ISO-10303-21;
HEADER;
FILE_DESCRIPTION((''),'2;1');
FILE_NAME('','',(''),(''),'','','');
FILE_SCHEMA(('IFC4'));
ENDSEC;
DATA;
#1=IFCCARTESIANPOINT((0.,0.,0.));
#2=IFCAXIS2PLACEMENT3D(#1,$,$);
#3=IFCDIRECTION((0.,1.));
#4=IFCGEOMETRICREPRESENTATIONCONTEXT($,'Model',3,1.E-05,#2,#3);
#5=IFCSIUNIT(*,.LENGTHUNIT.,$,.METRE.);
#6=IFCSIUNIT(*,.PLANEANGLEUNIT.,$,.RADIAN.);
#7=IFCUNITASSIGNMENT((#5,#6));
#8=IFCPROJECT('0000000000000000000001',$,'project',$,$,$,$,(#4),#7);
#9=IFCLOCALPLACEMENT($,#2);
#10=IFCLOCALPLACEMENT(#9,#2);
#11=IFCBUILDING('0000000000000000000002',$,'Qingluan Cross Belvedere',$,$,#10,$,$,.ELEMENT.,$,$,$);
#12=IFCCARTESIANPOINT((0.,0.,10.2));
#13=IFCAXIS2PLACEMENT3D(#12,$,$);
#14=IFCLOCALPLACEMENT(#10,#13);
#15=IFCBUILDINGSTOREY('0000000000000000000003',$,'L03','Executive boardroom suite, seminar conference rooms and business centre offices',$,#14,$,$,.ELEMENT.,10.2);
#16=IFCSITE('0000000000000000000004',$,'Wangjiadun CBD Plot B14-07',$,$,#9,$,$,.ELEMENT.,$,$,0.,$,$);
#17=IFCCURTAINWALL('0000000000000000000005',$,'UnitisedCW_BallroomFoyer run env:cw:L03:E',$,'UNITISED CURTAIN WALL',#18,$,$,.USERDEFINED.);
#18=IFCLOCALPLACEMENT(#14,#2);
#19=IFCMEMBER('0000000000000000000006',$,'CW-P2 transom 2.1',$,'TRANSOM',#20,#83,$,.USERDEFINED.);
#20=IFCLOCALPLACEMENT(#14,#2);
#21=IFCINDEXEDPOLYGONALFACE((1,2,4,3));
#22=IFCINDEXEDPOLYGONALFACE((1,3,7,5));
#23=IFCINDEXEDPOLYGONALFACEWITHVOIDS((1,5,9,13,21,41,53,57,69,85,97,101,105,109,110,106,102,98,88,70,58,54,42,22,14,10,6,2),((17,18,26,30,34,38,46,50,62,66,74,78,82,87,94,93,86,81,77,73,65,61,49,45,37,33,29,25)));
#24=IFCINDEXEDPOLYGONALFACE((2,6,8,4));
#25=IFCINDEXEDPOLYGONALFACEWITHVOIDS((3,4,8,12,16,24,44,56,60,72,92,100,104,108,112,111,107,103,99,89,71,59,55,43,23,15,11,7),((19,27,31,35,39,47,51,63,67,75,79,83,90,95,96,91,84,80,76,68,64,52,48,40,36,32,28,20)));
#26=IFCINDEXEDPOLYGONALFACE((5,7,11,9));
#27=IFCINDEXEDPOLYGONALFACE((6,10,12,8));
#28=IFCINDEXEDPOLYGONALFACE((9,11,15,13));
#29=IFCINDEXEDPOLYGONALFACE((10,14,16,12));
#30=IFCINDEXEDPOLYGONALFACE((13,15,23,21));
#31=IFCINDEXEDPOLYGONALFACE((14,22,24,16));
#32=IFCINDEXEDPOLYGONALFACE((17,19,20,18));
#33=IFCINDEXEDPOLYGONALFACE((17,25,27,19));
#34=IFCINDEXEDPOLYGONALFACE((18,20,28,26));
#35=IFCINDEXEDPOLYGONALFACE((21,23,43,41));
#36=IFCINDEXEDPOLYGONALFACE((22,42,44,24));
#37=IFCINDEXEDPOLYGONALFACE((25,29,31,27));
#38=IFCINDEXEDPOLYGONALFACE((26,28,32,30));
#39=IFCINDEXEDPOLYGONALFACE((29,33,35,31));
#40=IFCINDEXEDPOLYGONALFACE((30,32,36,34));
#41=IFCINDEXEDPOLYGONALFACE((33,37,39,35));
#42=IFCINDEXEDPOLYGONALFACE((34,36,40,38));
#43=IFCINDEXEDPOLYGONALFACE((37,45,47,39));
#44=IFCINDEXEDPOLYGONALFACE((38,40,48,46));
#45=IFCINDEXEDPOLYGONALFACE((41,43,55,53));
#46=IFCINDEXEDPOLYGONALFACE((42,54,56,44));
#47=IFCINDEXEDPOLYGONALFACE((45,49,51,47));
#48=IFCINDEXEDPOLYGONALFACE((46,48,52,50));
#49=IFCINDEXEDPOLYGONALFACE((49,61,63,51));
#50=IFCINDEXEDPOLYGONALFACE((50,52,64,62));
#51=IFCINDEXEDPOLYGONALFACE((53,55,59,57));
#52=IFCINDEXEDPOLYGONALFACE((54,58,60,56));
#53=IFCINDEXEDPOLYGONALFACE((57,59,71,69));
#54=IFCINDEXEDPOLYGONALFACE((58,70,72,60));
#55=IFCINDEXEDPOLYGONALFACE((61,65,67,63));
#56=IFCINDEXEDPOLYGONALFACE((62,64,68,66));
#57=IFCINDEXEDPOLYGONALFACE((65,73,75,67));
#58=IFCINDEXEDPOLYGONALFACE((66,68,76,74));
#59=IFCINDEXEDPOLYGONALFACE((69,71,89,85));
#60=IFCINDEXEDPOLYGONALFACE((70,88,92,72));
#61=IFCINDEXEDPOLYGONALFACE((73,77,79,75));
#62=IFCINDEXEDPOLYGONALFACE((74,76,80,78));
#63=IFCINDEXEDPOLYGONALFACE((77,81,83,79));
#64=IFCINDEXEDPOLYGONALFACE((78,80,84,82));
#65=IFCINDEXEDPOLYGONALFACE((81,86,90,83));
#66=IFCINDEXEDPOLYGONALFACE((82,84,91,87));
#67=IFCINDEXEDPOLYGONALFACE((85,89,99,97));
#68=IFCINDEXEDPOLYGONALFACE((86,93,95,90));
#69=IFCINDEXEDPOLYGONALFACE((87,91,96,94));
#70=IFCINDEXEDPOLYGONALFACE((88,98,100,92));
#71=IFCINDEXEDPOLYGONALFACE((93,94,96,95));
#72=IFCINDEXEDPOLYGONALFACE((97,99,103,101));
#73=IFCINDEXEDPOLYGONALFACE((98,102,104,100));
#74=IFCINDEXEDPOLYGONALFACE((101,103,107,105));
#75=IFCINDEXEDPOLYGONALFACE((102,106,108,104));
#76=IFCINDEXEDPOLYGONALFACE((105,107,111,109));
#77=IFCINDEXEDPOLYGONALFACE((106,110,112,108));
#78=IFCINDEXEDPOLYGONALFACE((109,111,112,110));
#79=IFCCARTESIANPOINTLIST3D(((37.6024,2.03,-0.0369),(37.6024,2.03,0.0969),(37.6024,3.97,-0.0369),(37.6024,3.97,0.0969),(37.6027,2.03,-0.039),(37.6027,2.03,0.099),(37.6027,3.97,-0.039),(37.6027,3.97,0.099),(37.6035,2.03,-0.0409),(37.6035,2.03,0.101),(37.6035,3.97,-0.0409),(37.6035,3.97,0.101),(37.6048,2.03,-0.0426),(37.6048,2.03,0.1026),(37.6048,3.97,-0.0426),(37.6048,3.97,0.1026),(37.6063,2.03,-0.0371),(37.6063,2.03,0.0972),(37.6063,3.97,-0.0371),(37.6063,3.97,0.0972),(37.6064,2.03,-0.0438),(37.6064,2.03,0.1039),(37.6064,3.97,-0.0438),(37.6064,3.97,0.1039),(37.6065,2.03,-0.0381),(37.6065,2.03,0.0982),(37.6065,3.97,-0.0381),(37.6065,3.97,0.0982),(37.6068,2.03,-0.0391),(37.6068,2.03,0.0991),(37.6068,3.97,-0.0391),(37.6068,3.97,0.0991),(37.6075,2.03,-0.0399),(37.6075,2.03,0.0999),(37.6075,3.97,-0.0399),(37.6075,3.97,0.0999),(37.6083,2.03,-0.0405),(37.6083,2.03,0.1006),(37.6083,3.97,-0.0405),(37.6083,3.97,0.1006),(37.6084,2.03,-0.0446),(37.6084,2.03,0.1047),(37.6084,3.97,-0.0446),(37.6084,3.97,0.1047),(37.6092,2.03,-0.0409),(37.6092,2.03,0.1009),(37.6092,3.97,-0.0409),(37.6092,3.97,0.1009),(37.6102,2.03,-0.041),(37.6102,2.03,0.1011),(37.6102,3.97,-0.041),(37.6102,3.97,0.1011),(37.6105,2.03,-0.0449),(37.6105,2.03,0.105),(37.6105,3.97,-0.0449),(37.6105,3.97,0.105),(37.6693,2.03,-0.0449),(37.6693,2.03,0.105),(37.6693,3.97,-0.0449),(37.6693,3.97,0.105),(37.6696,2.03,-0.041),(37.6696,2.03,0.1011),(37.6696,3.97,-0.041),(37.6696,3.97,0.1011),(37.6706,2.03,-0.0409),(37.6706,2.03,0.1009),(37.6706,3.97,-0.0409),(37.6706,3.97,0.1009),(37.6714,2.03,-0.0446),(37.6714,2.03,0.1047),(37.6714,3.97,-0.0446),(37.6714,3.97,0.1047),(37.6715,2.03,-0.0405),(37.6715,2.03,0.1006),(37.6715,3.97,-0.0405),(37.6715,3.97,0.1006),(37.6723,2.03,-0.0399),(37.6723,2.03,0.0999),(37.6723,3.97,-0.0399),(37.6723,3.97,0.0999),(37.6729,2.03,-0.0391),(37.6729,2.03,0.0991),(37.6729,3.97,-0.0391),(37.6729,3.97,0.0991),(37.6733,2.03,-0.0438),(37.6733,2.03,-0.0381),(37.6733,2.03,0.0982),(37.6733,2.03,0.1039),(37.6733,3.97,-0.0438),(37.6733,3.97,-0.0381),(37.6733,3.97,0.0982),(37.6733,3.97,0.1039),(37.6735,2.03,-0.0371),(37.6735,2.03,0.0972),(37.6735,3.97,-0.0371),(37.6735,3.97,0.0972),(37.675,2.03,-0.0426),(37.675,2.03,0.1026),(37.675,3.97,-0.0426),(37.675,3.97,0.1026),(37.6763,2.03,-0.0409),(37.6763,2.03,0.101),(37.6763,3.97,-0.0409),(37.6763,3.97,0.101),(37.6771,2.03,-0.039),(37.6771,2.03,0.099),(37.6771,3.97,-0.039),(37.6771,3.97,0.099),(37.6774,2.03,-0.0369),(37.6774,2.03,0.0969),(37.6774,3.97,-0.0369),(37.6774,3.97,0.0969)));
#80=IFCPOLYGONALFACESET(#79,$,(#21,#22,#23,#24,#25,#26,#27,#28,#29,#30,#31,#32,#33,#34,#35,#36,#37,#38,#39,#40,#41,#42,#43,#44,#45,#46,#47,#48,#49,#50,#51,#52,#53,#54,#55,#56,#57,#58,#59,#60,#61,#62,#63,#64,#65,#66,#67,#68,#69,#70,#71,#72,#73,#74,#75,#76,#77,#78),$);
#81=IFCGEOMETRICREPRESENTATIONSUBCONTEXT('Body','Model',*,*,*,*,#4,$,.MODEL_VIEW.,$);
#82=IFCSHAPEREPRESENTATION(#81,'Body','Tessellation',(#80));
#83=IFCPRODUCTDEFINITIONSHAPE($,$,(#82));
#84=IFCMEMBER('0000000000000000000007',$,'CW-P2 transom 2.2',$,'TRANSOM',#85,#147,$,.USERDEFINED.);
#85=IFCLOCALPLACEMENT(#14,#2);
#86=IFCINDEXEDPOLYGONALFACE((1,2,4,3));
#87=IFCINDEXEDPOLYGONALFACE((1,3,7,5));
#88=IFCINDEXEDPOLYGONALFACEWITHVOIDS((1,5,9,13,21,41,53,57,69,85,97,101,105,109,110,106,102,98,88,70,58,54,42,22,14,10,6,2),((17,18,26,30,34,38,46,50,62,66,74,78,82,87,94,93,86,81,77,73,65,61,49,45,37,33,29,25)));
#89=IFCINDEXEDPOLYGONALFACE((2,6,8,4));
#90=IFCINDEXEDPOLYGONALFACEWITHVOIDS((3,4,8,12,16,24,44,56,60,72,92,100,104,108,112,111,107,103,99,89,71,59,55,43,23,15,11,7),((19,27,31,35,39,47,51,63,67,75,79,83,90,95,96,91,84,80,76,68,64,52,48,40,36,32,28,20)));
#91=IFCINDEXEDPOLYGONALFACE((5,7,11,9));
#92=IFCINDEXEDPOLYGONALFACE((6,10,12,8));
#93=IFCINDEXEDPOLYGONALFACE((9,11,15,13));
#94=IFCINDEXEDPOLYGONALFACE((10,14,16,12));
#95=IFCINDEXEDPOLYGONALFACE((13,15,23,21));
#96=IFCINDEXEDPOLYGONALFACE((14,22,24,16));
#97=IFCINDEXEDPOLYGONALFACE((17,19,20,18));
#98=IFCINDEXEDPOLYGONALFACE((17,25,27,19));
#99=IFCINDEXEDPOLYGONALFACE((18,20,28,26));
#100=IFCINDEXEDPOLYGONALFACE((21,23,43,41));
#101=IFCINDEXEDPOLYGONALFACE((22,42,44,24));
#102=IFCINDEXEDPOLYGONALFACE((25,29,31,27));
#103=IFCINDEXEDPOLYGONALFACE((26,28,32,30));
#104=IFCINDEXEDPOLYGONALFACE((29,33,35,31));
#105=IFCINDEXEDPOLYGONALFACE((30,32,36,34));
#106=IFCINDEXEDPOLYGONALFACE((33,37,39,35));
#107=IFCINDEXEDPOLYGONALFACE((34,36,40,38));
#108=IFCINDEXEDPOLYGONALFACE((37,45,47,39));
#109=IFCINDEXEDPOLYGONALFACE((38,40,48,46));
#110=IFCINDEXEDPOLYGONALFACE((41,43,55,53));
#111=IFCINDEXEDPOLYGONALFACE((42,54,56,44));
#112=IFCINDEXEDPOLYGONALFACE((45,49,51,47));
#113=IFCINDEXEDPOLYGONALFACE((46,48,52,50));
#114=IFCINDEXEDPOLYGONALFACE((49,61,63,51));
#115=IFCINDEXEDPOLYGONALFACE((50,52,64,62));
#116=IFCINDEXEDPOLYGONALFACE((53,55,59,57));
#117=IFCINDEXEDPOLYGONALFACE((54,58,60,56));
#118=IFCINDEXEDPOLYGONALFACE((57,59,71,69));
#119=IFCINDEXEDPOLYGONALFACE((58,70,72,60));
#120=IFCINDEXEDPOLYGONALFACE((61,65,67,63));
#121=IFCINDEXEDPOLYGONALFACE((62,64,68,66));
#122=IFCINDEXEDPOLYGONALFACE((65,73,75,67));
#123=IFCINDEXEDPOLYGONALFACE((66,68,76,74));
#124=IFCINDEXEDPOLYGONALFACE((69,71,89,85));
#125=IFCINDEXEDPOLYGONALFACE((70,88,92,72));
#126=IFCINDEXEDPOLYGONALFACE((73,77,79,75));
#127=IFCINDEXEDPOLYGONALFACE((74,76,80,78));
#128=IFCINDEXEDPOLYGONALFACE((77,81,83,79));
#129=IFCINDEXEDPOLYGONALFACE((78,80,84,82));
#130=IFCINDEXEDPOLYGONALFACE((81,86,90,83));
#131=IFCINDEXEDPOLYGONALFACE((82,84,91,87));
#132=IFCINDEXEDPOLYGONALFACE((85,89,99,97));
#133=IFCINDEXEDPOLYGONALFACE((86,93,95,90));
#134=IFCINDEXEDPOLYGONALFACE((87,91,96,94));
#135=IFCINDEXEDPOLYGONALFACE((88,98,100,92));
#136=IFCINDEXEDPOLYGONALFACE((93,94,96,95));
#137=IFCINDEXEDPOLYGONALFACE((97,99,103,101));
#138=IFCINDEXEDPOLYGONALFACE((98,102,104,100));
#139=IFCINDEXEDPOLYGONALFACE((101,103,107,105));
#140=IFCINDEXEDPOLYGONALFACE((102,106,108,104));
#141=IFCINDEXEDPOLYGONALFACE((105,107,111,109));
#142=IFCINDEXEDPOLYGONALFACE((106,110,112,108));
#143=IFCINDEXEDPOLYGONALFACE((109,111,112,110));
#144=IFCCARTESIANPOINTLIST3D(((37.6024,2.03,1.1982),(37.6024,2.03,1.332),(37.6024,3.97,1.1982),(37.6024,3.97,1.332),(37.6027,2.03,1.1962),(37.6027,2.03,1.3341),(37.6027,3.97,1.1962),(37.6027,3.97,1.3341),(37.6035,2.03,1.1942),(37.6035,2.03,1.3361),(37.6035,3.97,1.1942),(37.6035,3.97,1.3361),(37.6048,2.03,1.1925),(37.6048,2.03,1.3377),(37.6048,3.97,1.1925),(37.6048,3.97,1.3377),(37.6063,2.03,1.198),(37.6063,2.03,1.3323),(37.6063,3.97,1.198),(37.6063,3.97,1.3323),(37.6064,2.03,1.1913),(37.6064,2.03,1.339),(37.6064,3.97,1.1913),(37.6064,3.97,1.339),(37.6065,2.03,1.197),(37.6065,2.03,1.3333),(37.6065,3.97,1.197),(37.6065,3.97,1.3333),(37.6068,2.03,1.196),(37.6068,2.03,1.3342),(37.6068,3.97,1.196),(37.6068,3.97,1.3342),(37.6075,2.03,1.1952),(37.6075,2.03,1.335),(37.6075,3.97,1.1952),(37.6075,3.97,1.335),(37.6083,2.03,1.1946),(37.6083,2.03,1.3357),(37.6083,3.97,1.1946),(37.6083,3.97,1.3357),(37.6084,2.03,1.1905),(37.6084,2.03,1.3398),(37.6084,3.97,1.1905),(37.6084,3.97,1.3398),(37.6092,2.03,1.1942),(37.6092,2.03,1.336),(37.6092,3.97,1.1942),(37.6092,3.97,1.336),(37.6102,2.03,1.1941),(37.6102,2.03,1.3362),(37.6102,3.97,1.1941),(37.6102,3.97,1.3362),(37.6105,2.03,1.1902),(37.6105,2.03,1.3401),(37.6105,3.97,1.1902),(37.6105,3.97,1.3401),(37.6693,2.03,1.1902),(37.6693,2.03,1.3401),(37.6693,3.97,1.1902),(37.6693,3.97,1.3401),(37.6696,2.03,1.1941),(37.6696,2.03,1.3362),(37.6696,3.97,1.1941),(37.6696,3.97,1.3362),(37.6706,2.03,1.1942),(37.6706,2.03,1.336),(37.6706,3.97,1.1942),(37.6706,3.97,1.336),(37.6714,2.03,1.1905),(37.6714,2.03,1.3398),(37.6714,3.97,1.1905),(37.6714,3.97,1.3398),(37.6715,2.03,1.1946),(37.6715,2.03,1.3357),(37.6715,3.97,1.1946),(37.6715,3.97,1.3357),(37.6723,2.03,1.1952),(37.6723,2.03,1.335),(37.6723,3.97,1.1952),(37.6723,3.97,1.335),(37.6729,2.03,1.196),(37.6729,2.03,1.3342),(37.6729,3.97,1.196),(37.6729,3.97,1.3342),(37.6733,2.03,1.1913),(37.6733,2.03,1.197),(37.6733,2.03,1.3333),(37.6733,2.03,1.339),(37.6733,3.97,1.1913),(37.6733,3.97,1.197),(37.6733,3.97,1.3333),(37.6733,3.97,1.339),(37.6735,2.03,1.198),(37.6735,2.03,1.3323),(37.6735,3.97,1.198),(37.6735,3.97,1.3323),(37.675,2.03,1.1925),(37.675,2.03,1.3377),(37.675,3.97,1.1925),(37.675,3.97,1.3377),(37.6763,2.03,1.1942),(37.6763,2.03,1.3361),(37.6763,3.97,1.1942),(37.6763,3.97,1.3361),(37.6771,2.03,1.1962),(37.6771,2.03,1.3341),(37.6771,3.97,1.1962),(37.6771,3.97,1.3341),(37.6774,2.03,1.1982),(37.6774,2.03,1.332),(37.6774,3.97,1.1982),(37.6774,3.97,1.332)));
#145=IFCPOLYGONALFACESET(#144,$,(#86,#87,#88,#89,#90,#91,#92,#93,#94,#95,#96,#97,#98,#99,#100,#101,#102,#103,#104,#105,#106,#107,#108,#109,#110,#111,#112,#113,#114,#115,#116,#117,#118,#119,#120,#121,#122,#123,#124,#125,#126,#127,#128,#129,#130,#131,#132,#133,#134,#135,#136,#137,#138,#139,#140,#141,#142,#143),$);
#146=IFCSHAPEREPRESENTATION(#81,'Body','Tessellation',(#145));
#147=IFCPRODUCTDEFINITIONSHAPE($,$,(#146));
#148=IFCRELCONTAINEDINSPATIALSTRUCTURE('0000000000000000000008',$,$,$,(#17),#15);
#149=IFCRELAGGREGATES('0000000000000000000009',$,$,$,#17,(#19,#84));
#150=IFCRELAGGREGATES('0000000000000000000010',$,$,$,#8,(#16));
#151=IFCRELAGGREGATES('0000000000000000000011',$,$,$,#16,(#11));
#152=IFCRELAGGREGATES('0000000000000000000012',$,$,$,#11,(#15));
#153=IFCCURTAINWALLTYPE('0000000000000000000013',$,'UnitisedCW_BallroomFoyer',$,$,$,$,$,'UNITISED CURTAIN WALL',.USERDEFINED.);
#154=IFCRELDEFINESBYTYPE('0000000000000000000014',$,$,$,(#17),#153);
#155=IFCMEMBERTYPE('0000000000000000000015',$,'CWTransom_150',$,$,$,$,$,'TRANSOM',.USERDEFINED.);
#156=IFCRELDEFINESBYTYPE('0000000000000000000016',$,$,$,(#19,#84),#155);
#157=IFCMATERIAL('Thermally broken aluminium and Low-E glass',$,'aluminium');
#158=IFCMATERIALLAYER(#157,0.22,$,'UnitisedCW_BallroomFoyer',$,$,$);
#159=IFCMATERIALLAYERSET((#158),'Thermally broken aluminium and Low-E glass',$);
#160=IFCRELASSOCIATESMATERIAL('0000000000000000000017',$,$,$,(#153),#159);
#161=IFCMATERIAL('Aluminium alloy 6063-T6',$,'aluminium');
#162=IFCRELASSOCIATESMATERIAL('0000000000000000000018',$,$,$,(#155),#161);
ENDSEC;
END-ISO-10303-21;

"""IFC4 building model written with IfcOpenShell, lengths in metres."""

from ifc_helpers import new_model, si_unit, direction, frame, origin, origin_2d, place, context, subcontext, project, spatial, hollow_rectangle, extrude, material, layer, layer_set, material_profile, profile_set, type_object, element, aggregate, save


model = new_model("IFC4")

# Units and contexts
model_context = context("Model", 3, precision=1e-05, world=origin(), true_north=direction((0.0, 1.0)))
body_context = subcontext(model_context, "Body", "Model", "MODEL_VIEW")
ifc_project = project(units=[si_unit("LENGTHUNIT", "METRE"), si_unit("PLANEANGLEUNIT", "RADIAN")], contexts=[model_context])

# Site, building, storey
site_placement = place(None, origin())
site = spatial("IfcSite", under=ifc_project, at=site_placement, Name="Wangjiadun CBD Plot B14-07", CompositionType="ELEMENT", RefElevation=0.0)
building_placement = place(site_placement, origin())
building = spatial("IfcBuilding", under=site, at=building_placement, Name="Qingluan Cross Belvedere", CompositionType="ELEMENT")
storey_placement = place(building_placement, frame((0.0, 0.0, 10.2)))
storey = spatial("IfcBuildingStorey", under=building, at=storey_placement, Name="L03", Description="Executive boardroom suite, seminar conference rooms and business centre offices", CompositionType="ELEMENT", Elevation=10.2)

# Curtain wall, members
ifc_material_1 = material(Name="Thermally broken aluminium and Low-E glass", Category="aluminium")
ifc_layer_1 = layer(ifc_material_1, 0.22, Name="UnitisedCW_BallroomFoyer")
ifc_layer_set_1 = layer_set([ifc_layer_1], Name="Thermally broken aluminium and Low-E glass")
curtain_wall_type = type_object("IfcCurtainWallType", Name="UnitisedCW_BallroomFoyer", ElementType="UNITISED CURTAIN WALL", PredefinedType="USERDEFINED", material=ifc_layer_set_1)
curtain_wall_placement = place(storey_placement, origin())
curtain_wall = element("IfcCurtainWall", 1, at=curtain_wall_placement, inside=storey, type_object=curtain_wall_type, Name="UnitisedCW_BallroomFoyer run env:cw:L03:E", ObjectType="UNITISED CURTAIN WALL", PredefinedType="USERDEFINED")
ifc_material_2 = material(Name="Aluminium alloy 6063-T6", Category="aluminium")
ifc_material_profile_1 = material_profile(ifc_material_2, hollow_rectangle(XDim=0.075, YDim=0.1499, WallThickness=0.0039, InnerFilletRadius=0.0039, OuterFilletRadius=0.0081, at=origin_2d()), Name="CWT150x75x4")
ifc_profile_set_1 = profile_set([ifc_material_profile_1], Name="Aluminium alloy 6063-T6")
member_type_1 = type_object("IfcMemberType", Name="CWTransom_150", ElementType="TRANSOM", PredefinedType="USERDEFINED", material=ifc_profile_set_1)
member_1_placement = place(storey_placement, frame((37.6399, 3.97, 0.03), z_axis=(0.0, -1.0, 0.0), x_axis=(1.0, 0.0, 0.0)))
member_1 = element("IfcMember", 2, at=member_1_placement, type_object=member_type_1, Name="CW-P2 transom 2.1", ObjectType="TRANSOM", PredefinedType="USERDEFINED", context=body_context, shape_type="SweptSolid", body=[
    extrude(hollow_rectangle(XDim=0.075, YDim=0.1499, WallThickness=0.0039, InnerFilletRadius=0.0039, OuterFilletRadius=0.0081, at=origin_2d()), origin(), (0.0, 0.0, 1.0), 1.9399),
])
member_2_placement = place(storey_placement, frame((37.6399, 3.97, 1.2651), z_axis=(0.0, -1.0, 0.0), x_axis=(1.0, 0.0, 0.0)))
member_2 = element("IfcMember", 3, at=member_2_placement, type_object=member_type_1, Name="CW-P2 transom 2.2", ObjectType="TRANSOM", PredefinedType="USERDEFINED", context=body_context, shape_type="SweptSolid", body=[
    extrude(hollow_rectangle(XDim=0.075, YDim=0.1499, WallThickness=0.0039, InnerFilletRadius=0.0039, OuterFilletRadius=0.0081, at=origin_2d()), origin(), (0.0, 0.0, 1.0), 1.9399),
])
aggregate(curtain_wall, [member_1, member_2])

save(model, "model.ifc")
